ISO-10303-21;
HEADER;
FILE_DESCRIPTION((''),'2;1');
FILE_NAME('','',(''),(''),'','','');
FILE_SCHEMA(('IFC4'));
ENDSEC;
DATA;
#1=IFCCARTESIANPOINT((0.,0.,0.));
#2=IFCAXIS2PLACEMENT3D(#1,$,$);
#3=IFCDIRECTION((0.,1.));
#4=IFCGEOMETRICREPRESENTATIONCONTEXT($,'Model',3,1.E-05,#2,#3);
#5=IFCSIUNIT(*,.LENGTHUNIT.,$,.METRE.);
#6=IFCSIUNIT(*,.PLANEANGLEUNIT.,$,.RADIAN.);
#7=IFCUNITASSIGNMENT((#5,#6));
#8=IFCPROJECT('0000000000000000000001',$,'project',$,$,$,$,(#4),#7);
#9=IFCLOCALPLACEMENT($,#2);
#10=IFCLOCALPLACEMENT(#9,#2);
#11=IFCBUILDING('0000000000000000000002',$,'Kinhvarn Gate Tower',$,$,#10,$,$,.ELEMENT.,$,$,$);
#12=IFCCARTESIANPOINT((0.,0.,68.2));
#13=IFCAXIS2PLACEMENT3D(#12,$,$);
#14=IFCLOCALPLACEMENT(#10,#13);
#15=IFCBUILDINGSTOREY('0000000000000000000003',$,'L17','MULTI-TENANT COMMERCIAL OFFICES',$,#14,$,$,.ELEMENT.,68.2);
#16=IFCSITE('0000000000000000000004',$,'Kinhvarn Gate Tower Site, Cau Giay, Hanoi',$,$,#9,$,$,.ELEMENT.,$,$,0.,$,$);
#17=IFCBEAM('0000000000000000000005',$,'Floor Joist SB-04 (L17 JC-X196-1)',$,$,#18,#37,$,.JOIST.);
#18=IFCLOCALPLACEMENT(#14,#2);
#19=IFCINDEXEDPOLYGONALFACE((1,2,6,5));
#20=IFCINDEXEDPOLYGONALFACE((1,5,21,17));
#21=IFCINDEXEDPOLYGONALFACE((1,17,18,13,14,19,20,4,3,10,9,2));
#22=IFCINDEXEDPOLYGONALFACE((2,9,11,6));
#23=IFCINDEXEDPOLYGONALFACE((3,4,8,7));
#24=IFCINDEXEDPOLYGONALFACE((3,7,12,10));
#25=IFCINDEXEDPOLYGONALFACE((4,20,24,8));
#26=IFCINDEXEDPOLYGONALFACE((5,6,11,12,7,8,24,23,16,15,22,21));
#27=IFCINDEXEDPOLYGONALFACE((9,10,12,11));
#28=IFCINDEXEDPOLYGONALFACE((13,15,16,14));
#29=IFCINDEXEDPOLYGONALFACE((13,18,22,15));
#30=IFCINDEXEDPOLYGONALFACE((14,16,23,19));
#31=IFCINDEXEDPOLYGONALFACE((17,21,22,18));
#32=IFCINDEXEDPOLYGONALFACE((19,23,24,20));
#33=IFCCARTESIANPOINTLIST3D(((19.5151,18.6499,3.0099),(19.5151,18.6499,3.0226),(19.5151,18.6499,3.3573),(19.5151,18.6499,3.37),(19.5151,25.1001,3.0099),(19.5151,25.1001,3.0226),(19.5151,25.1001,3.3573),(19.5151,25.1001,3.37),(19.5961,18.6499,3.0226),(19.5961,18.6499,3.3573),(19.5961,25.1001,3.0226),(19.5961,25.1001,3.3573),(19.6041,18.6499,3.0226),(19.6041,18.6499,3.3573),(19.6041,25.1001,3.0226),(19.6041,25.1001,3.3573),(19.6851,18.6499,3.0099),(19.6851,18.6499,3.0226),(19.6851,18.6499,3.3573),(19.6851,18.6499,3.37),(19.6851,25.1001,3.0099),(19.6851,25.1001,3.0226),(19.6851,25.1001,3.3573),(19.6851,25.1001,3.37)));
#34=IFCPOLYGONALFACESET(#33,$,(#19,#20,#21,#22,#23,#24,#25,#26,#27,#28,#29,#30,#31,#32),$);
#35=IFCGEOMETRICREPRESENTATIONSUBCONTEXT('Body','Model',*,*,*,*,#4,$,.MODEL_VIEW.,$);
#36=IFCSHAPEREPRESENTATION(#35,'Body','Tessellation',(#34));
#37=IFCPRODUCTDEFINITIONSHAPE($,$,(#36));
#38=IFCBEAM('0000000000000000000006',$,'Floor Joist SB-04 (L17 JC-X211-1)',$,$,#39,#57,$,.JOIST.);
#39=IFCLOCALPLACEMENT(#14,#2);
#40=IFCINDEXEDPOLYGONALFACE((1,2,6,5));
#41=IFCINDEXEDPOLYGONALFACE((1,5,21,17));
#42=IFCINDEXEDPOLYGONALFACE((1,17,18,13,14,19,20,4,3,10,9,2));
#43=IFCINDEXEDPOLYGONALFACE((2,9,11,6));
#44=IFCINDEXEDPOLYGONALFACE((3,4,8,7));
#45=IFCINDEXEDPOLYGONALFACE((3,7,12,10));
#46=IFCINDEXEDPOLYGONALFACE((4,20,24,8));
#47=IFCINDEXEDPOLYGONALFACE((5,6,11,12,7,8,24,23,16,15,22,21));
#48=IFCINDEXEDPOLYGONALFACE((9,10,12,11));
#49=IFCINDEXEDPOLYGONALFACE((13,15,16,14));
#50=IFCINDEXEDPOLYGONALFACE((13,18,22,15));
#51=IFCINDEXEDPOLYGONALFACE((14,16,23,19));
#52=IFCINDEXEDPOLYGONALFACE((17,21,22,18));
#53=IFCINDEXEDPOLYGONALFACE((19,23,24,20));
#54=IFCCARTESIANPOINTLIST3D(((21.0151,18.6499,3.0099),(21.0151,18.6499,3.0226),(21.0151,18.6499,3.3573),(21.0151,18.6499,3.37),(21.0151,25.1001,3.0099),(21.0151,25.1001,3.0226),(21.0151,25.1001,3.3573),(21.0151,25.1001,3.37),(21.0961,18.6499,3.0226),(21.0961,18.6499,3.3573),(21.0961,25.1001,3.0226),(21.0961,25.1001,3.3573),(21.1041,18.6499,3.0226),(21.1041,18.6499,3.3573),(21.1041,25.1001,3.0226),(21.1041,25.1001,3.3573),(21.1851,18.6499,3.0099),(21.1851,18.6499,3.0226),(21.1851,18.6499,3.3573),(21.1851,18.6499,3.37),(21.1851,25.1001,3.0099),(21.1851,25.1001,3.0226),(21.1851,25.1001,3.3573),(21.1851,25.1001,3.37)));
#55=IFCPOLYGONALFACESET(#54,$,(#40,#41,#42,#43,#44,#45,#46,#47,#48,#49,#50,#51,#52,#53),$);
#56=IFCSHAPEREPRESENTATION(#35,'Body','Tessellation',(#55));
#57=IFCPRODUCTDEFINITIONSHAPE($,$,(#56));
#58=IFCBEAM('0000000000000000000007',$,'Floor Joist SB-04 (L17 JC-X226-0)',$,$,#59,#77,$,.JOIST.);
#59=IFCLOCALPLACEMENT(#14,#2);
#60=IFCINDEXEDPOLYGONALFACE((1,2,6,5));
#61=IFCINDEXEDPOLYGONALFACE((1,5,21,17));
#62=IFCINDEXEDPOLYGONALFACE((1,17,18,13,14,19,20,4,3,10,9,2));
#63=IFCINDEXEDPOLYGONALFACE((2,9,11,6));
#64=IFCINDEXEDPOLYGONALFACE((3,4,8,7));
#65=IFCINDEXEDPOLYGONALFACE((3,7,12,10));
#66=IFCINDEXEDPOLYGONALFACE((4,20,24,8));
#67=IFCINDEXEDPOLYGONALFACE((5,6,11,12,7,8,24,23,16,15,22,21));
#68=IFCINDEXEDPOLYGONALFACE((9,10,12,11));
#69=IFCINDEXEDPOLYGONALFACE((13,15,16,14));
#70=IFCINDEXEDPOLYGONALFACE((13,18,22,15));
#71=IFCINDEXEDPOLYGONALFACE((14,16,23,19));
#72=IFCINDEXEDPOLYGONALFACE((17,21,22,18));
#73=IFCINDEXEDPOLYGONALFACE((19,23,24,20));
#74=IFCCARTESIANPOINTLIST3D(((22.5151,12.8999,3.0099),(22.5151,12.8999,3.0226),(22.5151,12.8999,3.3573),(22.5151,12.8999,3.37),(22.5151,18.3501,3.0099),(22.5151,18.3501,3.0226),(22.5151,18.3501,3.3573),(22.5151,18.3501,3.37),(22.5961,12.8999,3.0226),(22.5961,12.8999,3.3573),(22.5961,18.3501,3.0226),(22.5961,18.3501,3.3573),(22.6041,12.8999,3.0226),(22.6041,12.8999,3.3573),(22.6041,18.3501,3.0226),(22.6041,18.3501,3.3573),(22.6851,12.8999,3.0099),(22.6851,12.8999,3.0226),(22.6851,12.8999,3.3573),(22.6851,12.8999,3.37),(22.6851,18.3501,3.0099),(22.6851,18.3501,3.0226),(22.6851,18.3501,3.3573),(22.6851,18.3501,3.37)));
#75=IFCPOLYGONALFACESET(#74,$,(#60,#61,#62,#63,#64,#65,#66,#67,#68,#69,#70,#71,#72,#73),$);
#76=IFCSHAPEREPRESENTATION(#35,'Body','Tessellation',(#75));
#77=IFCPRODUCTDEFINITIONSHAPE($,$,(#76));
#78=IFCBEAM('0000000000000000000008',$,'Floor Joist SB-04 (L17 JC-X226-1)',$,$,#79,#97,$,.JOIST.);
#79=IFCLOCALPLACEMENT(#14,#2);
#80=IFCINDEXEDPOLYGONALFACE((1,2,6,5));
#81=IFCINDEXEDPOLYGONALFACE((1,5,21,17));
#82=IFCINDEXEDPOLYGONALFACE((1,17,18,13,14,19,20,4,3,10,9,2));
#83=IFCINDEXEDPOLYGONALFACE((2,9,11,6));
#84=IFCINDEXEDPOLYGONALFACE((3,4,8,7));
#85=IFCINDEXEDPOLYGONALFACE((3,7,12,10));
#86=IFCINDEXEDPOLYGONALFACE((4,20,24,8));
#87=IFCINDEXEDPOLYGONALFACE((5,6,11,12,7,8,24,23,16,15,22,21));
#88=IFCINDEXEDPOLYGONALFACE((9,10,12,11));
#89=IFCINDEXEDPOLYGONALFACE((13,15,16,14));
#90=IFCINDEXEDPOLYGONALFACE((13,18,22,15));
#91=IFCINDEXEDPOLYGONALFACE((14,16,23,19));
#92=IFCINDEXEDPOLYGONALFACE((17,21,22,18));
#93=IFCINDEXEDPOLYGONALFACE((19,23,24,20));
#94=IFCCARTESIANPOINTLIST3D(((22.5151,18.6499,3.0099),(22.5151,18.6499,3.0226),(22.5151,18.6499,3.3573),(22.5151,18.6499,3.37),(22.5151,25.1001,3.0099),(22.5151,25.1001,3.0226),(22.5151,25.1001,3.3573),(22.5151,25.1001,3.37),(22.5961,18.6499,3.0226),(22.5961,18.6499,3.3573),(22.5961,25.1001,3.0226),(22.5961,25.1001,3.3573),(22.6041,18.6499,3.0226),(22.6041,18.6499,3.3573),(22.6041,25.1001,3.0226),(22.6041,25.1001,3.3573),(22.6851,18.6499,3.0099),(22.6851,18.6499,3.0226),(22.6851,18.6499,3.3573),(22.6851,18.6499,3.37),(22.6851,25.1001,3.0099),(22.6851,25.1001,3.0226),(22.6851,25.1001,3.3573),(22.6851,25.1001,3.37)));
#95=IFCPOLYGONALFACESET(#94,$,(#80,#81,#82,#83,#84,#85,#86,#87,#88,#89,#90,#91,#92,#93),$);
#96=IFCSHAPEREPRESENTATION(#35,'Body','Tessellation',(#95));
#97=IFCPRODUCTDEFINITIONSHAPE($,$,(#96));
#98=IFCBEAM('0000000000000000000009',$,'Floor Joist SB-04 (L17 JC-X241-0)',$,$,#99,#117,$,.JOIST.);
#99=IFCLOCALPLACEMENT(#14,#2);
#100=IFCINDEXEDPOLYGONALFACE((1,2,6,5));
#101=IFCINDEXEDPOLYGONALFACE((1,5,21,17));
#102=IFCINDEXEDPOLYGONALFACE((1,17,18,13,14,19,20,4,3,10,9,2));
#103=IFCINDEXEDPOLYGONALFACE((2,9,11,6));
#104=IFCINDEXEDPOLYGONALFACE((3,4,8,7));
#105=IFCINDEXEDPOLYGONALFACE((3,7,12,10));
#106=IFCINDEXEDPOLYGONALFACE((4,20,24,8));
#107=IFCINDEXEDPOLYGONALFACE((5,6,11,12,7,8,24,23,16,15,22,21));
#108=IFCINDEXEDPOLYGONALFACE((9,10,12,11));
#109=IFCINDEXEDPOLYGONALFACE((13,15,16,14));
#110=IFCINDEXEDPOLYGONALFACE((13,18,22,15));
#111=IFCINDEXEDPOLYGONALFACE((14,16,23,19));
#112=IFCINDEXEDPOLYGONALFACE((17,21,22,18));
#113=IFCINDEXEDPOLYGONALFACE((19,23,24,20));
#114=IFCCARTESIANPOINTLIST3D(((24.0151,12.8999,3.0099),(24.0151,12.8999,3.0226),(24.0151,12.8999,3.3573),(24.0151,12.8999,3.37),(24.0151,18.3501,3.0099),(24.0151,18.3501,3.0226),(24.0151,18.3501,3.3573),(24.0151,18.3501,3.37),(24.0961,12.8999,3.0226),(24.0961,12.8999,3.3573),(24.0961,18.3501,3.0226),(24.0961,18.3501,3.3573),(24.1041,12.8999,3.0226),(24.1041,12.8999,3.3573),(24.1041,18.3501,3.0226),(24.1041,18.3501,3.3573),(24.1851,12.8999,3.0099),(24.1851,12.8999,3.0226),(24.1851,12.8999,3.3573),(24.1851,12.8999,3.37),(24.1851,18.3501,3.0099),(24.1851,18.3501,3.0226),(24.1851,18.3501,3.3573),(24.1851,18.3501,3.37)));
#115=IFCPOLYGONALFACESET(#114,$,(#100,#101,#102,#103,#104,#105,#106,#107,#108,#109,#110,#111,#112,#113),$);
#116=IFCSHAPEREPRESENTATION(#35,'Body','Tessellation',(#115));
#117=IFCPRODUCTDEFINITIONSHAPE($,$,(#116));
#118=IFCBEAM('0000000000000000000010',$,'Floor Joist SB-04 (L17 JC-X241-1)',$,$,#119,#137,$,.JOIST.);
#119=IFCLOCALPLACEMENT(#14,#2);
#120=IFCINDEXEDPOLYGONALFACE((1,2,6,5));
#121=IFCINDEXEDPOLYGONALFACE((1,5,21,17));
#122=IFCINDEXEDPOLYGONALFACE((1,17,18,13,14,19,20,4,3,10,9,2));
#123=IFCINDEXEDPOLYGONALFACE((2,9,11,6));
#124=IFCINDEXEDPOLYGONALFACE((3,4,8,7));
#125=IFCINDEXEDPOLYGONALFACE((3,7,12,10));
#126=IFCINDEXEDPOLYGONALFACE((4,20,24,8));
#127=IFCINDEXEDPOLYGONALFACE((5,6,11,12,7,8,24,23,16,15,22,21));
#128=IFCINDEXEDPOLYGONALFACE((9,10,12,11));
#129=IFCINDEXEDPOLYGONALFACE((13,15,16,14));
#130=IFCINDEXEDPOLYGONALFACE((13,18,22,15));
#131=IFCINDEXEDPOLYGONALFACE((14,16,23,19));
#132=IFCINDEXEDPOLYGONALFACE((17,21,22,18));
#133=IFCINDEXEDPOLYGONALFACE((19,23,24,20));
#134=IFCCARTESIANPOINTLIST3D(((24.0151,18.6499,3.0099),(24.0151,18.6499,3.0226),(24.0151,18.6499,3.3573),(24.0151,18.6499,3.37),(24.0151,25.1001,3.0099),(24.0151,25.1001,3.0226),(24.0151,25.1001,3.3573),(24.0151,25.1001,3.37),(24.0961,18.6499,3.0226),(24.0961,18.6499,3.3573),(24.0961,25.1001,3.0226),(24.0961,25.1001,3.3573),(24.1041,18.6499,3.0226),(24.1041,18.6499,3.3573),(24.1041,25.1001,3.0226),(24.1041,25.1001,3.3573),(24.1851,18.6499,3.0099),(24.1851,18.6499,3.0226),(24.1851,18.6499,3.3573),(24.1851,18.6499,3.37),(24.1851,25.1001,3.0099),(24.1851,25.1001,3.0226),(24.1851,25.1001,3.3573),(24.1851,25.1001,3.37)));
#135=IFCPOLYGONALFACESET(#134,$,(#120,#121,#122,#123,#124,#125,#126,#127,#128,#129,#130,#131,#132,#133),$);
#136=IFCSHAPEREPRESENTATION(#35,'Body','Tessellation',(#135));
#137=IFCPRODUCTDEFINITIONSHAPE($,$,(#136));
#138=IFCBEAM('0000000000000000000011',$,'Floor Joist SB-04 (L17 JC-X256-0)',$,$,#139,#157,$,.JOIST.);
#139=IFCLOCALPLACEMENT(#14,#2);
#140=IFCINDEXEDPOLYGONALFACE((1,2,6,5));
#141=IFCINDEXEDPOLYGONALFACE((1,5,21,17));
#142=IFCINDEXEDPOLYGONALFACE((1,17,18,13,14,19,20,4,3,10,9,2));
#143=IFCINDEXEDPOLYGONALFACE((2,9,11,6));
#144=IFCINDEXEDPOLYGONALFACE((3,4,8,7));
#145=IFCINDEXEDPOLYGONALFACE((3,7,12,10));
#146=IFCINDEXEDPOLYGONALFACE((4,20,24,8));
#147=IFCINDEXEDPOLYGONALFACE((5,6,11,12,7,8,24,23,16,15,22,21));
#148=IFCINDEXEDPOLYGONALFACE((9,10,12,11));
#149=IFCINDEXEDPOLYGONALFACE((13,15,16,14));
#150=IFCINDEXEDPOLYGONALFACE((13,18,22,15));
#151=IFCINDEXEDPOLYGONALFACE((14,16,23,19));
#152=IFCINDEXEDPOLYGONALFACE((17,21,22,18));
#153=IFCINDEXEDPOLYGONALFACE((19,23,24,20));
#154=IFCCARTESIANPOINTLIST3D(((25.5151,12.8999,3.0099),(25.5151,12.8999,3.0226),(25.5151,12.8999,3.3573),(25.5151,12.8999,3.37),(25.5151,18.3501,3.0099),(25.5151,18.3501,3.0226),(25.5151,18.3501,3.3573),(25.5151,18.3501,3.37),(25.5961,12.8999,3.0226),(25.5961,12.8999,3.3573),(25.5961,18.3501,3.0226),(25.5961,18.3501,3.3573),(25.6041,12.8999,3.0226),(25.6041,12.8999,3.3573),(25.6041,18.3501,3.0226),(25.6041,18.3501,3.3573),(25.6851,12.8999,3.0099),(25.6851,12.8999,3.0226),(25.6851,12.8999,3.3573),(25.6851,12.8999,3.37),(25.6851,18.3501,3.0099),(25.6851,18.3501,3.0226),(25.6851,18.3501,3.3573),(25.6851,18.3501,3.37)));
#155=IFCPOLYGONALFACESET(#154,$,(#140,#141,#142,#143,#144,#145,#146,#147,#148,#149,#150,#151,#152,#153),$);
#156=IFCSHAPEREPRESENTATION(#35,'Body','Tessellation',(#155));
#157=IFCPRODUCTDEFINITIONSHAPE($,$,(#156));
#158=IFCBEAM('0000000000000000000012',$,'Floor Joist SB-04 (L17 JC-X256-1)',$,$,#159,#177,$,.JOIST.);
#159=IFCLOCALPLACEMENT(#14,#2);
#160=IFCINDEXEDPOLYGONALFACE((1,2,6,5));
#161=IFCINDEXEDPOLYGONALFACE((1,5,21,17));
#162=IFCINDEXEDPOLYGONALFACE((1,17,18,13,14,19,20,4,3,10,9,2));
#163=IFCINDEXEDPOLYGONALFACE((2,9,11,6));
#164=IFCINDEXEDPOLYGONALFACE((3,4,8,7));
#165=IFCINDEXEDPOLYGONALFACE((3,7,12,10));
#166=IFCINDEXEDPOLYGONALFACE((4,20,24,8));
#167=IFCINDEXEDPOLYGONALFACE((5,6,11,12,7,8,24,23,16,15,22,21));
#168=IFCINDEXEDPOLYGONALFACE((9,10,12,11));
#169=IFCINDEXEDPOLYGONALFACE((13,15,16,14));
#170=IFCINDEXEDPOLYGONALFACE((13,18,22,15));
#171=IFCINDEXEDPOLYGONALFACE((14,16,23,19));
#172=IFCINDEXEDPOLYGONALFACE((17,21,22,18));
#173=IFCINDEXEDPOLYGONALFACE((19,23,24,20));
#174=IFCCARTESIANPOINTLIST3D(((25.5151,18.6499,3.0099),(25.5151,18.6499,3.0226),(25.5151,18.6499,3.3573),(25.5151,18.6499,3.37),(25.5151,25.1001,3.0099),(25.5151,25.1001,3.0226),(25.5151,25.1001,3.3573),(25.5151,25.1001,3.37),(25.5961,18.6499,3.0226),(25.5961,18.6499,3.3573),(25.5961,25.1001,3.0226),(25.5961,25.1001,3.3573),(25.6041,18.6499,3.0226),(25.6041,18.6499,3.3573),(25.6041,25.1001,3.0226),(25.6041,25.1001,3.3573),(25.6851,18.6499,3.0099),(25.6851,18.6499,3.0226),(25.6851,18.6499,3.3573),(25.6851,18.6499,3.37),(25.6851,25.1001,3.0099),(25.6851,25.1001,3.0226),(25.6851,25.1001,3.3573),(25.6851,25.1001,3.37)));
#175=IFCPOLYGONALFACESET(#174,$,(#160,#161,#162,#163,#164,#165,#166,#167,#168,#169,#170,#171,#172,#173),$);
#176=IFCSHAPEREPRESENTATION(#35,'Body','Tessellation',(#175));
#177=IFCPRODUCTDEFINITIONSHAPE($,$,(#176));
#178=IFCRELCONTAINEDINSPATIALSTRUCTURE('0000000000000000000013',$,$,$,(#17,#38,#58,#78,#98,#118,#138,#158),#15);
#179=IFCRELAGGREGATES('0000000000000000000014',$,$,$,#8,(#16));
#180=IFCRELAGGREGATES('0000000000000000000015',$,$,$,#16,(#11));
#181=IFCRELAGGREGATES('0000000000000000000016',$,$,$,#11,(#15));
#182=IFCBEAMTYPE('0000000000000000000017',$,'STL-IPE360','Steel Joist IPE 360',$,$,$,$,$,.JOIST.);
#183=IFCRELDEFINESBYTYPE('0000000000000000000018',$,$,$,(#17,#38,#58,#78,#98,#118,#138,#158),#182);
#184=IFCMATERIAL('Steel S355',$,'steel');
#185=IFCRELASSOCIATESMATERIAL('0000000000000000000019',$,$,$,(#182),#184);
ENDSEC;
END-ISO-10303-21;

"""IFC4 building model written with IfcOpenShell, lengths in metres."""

from ifc_helpers import new_model, si_unit, direction, frame, origin, origin_2d, place, context, subcontext, project, spatial, i_section, extrude, material, material_profile, profile_set, type_object, element, save


model = new_model("IFC4")

# Units and contexts
model_context = context("Model", 3, precision=1e-05, world=origin(), true_north=direction((0.0, 1.0)))
body_context = subcontext(model_context, "Body", "Model", "MODEL_VIEW")
ifc_project = project(units=[si_unit("LENGTHUNIT", "METRE"), si_unit("PLANEANGLEUNIT", "RADIAN")], contexts=[model_context])

# Site, building, storey
site_placement = place(None, origin())
site = spatial("IfcSite", under=ifc_project, at=site_placement, Name="Kinhvarn Gate Tower Site, Cau Giay, Hanoi", CompositionType="ELEMENT", RefElevation=0.0)
building_placement = place(site_placement, origin())
building = spatial("IfcBuilding", under=site, at=building_placement, Name="Kinhvarn Gate Tower", CompositionType="ELEMENT")
storey_placement = place(building_placement, frame((0.0, 0.0, 68.2)))
storey = spatial("IfcBuildingStorey", under=building, at=storey_placement, Name="L17", Description="MULTI-TENANT COMMERCIAL OFFICES", CompositionType="ELEMENT", Elevation=68.2)

# Beams
ifc_material_1 = material(Name="Steel S355", Category="steel")
ifc_material_profile = material_profile(ifc_material_1, i_section(OverallWidth=0.1699, OverallDepth=0.3601, WebThickness=0.0081, FlangeThickness=0.0127, at=origin_2d()), Name="IPE 360")
ifc_profile_set = profile_set([ifc_material_profile], Name="Steel S355")
beam_type = type_object("IfcBeamType", Name="STL-IPE360", Description="Steel Joist IPE 360", PredefinedType="JOIST", material=ifc_profile_set)
for number, where, z_axis, x_axis, name in (
    (1, (19.6001, 18.6499, 3.1899), (0.0, 1.0, 0.0), (-1.0, 0.0, 0.0), "Floor Joist SB-04 (L17 JC-X196-1)"),
    (2, (21.1001, 18.6499, 3.1899), (0.0, 1.0, 0.0), (-1.0, 0.0, 0.0), "Floor Joist SB-04 (L17 JC-X211-1)"),
):
    element("IfcBeam", number, at=place(storey_placement, frame(where, z_axis=z_axis, x_axis=x_axis)), inside=storey, type_object=beam_type, Name=name, PredefinedType="JOIST", context=body_context, shape_type="SweptSolid", body=[
        extrude(i_section(OverallWidth=0.1699, OverallDepth=0.3601, WebThickness=0.0081, FlangeThickness=0.0127, at=origin_2d()), origin(), (0.0, 0.0, 1.0), 6.4502),
    ])
beam_1_placement = place(storey_placement, frame((22.6001, 12.8999, 3.1899), z_axis=(0.0, 1.0, 0.0), x_axis=(-1.0, 0.0, 0.0)))
element("IfcBeam", 3, at=beam_1_placement, inside=storey, type_object=beam_type, Name="Floor Joist SB-04 (L17 JC-X226-0)", PredefinedType="JOIST", context=body_context, shape_type="SweptSolid", body=[
    extrude(i_section(OverallWidth=0.1699, OverallDepth=0.3601, WebThickness=0.0081, FlangeThickness=0.0127, at=origin_2d()), origin(), (0.0, 0.0, 1.0), 5.4502),
])
beam_2_placement = place(storey_placement, frame((22.6001, 18.6499, 3.1899), z_axis=(0.0, 1.0, 0.0), x_axis=(-1.0, 0.0, 0.0)))
element("IfcBeam", 4, at=beam_2_placement, inside=storey, type_object=beam_type, Name="Floor Joist SB-04 (L17 JC-X226-1)", PredefinedType="JOIST", context=body_context, shape_type="SweptSolid", body=[
    extrude(i_section(OverallWidth=0.1699, OverallDepth=0.3601, WebThickness=0.0081, FlangeThickness=0.0127, at=origin_2d()), origin(), (0.0, 0.0, 1.0), 6.4502),
])
beam_3_placement = place(storey_placement, frame((24.1001, 12.8999, 3.1899), z_axis=(0.0, 1.0, 0.0), x_axis=(-1.0, 0.0, 0.0)))
element("IfcBeam", 5, at=beam_3_placement, inside=storey, type_object=beam_type, Name="Floor Joist SB-04 (L17 JC-X241-0)", PredefinedType="JOIST", context=body_context, shape_type="SweptSolid", body=[
    extrude(i_section(OverallWidth=0.1699, OverallDepth=0.3601, WebThickness=0.0081, FlangeThickness=0.0127, at=origin_2d()), origin(), (0.0, 0.0, 1.0), 5.4502),
])
beam_4_placement = place(storey_placement, frame((24.1001, 18.6499, 3.1899), z_axis=(0.0, 1.0, 0.0), x_axis=(-1.0, 0.0, 0.0)))
element("IfcBeam", 6, at=beam_4_placement, inside=storey, type_object=beam_type, Name="Floor Joist SB-04 (L17 JC-X241-1)", PredefinedType="JOIST", context=body_context, shape_type="SweptSolid", body=[
    extrude(i_section(OverallWidth=0.1699, OverallDepth=0.3601, WebThickness=0.0081, FlangeThickness=0.0127, at=origin_2d()), origin(), (0.0, 0.0, 1.0), 6.4502),
])
beam_5_placement = place(storey_placement, frame((25.6001, 12.8999, 3.1899), z_axis=(0.0, 1.0, 0.0), x_axis=(-1.0, 0.0, 0.0)))
element("IfcBeam", 7, at=beam_5_placement, inside=storey, type_object=beam_type, Name="Floor Joist SB-04 (L17 JC-X256-0)", PredefinedType="JOIST", context=body_context, shape_type="SweptSolid", body=[
    extrude(i_section(OverallWidth=0.1699, OverallDepth=0.3601, WebThickness=0.0081, FlangeThickness=0.0127, at=origin_2d()), origin(), (0.0, 0.0, 1.0), 5.4502),
])
beam_6_placement = place(storey_placement, frame((25.6001, 18.6499, 3.1899), z_axis=(0.0, 1.0, 0.0), x_axis=(-1.0, 0.0, 0.0)))
element("IfcBeam", 8, at=beam_6_placement, inside=storey, type_object=beam_type, Name="Floor Joist SB-04 (L17 JC-X256-1)", PredefinedType="JOIST", context=body_context, shape_type="SweptSolid", body=[
    extrude(i_section(OverallWidth=0.1699, OverallDepth=0.3601, WebThickness=0.0081, FlangeThickness=0.0127, at=origin_2d()), origin(), (0.0, 0.0, 1.0), 6.4502),
])

save(model, "model.ifc")
